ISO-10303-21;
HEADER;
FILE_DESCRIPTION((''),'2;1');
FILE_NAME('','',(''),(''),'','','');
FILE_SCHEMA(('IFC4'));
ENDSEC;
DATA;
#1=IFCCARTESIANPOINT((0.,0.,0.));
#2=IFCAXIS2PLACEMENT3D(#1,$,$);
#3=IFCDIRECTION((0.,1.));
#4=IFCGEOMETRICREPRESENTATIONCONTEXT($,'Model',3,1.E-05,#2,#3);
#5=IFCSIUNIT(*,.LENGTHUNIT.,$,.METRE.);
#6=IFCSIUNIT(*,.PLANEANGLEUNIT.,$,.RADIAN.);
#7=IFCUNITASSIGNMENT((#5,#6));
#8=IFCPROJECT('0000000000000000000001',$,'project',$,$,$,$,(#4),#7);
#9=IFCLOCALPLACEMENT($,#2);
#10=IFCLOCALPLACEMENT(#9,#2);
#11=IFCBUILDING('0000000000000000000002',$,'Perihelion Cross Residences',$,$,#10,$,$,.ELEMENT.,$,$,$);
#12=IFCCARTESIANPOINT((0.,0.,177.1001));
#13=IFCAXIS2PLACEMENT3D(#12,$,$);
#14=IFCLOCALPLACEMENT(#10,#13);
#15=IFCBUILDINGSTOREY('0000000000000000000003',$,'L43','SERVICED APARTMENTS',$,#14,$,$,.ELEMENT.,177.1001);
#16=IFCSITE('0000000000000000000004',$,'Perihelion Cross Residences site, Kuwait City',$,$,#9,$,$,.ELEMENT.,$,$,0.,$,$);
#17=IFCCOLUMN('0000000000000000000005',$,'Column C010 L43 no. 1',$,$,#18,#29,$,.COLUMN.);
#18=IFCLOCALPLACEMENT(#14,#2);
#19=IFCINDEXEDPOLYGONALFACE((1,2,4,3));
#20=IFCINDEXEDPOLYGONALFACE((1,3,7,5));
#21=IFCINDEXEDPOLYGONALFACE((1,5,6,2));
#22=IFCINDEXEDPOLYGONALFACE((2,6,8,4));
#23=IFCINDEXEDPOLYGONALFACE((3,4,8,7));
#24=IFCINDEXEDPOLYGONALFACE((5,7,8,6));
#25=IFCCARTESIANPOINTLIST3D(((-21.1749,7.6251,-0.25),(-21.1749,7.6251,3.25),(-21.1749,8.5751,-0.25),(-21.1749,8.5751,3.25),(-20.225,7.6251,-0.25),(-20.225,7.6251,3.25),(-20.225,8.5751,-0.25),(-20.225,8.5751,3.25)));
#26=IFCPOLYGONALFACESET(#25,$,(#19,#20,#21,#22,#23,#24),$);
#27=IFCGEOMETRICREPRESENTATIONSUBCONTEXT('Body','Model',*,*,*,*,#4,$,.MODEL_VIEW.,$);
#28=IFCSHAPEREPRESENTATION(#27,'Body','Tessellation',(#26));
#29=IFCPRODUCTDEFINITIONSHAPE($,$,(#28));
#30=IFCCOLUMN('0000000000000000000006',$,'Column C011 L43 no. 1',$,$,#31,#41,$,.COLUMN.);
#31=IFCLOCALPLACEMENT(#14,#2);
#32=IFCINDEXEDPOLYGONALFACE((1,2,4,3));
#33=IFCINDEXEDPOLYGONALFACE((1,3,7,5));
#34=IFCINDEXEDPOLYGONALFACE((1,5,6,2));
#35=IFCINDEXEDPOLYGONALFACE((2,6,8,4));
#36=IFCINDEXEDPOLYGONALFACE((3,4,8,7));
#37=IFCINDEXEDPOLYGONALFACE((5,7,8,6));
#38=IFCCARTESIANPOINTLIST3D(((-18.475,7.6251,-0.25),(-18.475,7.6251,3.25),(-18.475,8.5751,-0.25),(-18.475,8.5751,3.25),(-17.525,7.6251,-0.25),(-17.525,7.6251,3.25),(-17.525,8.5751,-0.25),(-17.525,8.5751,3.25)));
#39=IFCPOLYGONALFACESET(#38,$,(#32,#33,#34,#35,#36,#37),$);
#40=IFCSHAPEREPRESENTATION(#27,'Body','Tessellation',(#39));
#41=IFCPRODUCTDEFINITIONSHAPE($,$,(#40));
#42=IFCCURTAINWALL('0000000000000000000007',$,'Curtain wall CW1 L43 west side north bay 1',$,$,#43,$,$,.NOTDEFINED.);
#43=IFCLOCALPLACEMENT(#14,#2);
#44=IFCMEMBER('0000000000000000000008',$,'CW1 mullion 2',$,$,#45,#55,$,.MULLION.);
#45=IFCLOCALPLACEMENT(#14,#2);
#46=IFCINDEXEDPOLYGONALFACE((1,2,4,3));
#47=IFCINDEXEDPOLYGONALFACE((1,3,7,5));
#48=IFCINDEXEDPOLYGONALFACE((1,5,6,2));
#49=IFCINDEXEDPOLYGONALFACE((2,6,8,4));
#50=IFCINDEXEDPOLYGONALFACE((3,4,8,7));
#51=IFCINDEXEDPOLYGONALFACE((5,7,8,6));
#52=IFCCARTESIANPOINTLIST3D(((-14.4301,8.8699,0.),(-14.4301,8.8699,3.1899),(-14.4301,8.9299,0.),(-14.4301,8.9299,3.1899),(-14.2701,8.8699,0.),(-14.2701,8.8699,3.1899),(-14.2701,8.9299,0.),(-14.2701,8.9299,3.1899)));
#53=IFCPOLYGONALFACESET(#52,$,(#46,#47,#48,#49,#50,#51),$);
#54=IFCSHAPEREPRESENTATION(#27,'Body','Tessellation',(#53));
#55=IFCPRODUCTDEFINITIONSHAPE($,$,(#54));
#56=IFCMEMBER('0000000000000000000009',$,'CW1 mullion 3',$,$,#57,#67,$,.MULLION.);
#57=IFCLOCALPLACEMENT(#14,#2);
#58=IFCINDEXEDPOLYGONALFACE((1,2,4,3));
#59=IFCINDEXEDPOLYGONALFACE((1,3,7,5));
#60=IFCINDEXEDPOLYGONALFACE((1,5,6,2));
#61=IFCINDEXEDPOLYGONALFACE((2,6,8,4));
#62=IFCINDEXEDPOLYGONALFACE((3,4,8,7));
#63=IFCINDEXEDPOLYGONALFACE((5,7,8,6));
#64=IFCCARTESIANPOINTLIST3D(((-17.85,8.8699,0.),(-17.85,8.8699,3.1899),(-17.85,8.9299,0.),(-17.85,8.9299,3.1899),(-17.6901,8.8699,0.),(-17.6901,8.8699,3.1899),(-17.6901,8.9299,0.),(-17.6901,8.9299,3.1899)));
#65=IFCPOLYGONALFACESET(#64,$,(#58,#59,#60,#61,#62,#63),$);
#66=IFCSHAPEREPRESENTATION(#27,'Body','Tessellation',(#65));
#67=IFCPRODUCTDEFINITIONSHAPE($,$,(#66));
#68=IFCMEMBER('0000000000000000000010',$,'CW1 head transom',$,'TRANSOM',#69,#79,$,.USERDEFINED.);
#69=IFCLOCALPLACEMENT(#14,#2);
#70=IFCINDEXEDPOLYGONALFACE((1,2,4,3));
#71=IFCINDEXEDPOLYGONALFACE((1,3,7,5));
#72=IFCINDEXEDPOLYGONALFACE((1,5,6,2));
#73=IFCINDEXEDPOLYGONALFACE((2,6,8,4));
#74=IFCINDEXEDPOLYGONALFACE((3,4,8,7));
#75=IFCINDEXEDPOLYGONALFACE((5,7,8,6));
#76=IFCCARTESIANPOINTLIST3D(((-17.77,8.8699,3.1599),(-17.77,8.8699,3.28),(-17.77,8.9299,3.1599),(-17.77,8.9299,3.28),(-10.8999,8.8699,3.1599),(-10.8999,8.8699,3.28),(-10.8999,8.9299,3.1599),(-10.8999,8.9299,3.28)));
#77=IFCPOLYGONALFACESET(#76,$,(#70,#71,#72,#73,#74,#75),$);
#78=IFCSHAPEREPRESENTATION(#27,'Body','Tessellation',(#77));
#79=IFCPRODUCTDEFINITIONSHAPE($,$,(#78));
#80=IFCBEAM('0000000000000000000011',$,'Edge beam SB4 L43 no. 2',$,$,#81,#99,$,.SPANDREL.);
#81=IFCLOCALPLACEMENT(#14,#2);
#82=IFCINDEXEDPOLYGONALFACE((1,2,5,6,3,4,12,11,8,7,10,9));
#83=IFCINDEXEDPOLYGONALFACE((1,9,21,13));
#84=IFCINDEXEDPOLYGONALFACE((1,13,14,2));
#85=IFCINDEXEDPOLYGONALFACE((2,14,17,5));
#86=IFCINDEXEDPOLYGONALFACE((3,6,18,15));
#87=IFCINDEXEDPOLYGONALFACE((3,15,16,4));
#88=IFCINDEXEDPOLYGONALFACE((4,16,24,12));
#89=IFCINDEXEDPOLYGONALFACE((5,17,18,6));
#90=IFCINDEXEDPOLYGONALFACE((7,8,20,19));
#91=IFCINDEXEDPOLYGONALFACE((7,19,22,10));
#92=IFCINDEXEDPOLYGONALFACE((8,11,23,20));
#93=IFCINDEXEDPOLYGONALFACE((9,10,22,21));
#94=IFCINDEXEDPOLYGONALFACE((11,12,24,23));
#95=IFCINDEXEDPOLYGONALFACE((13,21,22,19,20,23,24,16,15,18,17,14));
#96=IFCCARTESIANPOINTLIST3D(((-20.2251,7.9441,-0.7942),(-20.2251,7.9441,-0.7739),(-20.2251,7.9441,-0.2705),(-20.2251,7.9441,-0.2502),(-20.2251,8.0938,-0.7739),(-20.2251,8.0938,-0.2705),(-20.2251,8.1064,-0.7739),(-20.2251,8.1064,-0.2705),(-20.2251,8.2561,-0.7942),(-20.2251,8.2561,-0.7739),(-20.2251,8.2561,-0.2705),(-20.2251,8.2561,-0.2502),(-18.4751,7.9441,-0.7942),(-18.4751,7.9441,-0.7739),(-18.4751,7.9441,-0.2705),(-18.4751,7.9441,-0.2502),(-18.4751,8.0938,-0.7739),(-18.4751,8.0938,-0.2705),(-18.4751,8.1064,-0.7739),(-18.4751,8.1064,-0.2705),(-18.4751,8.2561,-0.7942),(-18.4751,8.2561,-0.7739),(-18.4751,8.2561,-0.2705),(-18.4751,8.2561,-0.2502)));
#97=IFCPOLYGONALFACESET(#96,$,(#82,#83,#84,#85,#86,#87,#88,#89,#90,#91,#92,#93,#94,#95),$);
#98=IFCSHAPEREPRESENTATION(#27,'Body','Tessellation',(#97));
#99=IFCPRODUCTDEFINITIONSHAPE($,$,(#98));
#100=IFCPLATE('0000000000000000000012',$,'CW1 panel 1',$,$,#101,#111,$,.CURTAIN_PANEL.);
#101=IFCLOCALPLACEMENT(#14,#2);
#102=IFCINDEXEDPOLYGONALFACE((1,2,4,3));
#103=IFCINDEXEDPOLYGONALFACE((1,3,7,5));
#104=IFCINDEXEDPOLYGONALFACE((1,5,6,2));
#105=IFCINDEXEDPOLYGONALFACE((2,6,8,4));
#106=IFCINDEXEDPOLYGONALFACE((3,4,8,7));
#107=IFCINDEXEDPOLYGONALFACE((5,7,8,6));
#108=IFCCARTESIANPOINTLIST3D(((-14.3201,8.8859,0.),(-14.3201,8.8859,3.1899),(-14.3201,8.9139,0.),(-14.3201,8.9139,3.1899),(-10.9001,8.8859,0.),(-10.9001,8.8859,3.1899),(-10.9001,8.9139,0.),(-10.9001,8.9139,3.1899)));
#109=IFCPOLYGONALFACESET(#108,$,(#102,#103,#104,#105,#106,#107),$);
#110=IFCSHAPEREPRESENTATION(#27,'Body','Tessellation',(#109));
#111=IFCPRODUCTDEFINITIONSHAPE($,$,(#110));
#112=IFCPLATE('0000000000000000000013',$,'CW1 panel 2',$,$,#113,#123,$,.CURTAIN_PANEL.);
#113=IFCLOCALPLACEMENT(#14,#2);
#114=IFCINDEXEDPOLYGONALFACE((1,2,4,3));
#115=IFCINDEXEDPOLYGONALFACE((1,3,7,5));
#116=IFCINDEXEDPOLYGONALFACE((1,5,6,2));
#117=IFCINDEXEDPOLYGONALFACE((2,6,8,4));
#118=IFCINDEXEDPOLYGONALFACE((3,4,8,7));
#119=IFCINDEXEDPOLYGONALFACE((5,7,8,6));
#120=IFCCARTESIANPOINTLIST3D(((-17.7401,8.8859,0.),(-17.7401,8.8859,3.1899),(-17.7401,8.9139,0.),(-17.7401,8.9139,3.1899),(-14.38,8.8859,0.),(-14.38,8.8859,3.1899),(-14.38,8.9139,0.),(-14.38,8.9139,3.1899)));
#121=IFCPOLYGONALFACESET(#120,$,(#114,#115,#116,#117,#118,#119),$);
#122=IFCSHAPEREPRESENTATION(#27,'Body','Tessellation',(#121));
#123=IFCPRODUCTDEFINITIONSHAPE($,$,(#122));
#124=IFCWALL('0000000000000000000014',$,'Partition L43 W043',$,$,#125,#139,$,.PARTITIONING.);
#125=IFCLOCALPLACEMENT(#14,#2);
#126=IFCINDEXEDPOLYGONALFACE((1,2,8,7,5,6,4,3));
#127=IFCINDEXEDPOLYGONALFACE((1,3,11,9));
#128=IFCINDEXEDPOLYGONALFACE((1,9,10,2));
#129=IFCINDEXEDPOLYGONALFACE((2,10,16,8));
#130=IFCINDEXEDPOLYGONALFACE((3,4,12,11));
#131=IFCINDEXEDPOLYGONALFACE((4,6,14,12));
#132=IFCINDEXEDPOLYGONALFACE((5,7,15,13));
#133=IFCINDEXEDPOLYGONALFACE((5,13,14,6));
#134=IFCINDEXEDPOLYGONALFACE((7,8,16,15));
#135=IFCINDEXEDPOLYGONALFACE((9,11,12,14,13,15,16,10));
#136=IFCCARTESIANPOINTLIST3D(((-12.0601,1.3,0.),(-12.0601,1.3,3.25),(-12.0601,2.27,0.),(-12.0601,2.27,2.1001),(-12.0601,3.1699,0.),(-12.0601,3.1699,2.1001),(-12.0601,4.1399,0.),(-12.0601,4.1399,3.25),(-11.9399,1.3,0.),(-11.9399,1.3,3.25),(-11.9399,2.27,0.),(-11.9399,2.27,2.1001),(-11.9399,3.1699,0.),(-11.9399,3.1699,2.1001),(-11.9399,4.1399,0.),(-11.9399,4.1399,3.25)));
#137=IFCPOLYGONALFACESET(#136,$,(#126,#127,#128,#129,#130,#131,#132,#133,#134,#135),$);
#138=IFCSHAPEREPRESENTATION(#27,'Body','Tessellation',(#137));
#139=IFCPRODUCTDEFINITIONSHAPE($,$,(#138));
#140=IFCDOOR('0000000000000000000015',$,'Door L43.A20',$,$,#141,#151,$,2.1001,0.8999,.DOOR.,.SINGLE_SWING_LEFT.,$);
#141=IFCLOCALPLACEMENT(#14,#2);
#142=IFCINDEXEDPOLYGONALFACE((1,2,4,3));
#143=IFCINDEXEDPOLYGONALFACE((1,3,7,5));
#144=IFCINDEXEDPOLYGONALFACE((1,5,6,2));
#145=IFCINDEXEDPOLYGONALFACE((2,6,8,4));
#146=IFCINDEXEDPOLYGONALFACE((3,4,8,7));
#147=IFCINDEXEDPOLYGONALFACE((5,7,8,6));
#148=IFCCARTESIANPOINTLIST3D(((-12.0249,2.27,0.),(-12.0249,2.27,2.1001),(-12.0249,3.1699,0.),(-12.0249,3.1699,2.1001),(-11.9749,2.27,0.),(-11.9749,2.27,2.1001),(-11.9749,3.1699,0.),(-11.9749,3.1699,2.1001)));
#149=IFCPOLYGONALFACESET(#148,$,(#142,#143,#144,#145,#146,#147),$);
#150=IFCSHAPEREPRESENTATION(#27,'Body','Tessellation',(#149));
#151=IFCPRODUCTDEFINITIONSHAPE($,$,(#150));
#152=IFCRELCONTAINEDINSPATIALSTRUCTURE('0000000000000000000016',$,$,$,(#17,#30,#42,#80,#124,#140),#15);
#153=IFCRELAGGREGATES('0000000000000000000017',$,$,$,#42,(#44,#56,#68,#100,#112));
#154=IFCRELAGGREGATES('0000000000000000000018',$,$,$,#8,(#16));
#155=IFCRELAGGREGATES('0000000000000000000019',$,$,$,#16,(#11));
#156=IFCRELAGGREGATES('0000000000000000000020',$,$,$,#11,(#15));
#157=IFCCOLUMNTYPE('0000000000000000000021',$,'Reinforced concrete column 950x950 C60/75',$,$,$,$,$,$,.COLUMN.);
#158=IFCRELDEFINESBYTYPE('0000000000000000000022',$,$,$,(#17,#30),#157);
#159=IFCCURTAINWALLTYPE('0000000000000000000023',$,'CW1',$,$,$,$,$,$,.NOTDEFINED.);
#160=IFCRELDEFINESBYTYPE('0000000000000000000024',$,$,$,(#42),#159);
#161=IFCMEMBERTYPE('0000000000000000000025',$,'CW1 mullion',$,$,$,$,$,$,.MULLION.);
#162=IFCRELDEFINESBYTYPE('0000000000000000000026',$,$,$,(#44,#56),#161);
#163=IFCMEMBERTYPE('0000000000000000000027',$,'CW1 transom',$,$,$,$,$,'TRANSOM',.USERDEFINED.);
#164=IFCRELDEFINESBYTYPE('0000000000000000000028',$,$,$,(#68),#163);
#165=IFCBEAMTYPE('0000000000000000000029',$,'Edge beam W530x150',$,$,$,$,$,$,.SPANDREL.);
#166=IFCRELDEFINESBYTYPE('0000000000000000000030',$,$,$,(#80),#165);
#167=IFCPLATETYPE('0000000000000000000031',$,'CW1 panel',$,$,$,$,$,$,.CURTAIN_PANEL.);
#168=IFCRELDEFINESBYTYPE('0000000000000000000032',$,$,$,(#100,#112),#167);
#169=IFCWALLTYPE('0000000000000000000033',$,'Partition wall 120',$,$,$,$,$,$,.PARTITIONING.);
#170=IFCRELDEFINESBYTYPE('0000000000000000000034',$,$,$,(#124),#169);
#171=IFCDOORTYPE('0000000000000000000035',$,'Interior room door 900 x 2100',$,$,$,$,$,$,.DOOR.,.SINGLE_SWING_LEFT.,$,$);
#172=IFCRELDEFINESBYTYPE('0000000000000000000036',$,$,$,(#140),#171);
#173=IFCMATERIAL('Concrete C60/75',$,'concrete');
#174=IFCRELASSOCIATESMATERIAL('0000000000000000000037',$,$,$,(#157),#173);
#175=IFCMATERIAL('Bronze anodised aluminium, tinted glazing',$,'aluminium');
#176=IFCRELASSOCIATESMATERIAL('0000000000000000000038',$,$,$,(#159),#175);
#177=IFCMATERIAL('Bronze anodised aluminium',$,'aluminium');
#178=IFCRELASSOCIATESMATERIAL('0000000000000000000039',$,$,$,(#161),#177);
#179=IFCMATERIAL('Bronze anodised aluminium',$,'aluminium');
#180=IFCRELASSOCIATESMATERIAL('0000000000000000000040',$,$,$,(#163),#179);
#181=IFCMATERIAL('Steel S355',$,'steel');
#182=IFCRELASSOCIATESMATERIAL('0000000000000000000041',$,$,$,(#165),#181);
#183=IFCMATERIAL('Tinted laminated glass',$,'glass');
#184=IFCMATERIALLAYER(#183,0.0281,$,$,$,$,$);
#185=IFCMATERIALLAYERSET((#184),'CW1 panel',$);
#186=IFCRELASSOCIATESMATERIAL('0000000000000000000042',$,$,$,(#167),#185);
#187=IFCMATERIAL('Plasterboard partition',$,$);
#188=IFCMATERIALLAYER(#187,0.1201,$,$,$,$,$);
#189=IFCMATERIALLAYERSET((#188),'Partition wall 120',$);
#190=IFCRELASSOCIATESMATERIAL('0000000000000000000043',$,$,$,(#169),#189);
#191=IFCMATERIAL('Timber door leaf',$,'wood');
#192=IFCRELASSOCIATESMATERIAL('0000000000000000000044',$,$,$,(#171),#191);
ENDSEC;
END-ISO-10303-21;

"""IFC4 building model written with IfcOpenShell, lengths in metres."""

from ifc_helpers import new_model, si_unit, direction, frame, frame_2d, origin, origin_2d, place, context, subcontext, project, spatial, rectangle, i_section, extrude, material, layer, layer_set, material_profile, profile_set, type_object, element, fill, aggregate, save


model = new_model("IFC4")

# Units and contexts
model_context = context("Model", 3, precision=1e-05, world=origin(), true_north=direction((0.0, 1.0)))
body_context = subcontext(model_context, "Body", "Model", "MODEL_VIEW")
ifc_project = project(units=[si_unit("LENGTHUNIT", "METRE"), si_unit("PLANEANGLEUNIT", "RADIAN")], contexts=[model_context])

# Site, building, storey
site_placement = place(None, origin())
site = spatial("IfcSite", under=ifc_project, at=site_placement, Name="Perihelion Cross Residences site, Kuwait City", CompositionType="ELEMENT", RefElevation=0.0)
building_placement = place(site_placement, origin())
building = spatial("IfcBuilding", under=site, at=building_placement, Name="Perihelion Cross Residences", CompositionType="ELEMENT")
storey_placement = place(building_placement, frame((0.0, 0.0, 177.1001)))
storey = spatial("IfcBuildingStorey", under=building, at=storey_placement, Name="L43", Description="SERVICED APARTMENTS", CompositionType="ELEMENT", Elevation=177.1001)

# Columns
ifc_material_1 = material(Name="Concrete C60/75", Category="concrete")
ifc_material_profile_1 = material_profile(ifc_material_1, rectangle(XDim=0.95, YDim=0.95, at=origin_2d()), Name="RC 950x950")
ifc_profile_set_1 = profile_set([ifc_material_profile_1], Name="Concrete C60/75")
column_type = type_object("IfcColumnType", Name="Reinforced concrete column 950x950 C60/75", PredefinedType="COLUMN", material=ifc_profile_set_1)
for number, where, z_axis, x_axis, name in (
    (1, (-20.7, 8.1001, -0.25), (0.0, 0.0, 1.0), (1.0, 0.0, 0.0), "Column C010 L43 no. 1"),
    (2, (-18.0, 8.1001, -0.25), (0.0, 0.0, 1.0), (1.0, 0.0, 0.0), "Column C011 L43 no. 1"),
):
    element("IfcColumn", number, at=place(storey_placement, frame(where, z_axis=z_axis, x_axis=x_axis)), inside=storey, type_object=column_type, Name=name, PredefinedType="COLUMN", context=body_context, shape_type="SweptSolid", body=[
        extrude(rectangle(XDim=0.95, YDim=0.95, at=origin_2d()), origin(), (0.0, 0.0, 1.0), 3.5),
    ])

# Curtain wall, members
ifc_material_2 = material(Name="Bronze anodised aluminium, tinted glazing", Category="aluminium")
curtain_wall_type = type_object("IfcCurtainWallType", Name="CW1", PredefinedType="NOTDEFINED", material=ifc_material_2)
curtain_wall_placement = place(storey_placement, origin())
curtain_wall = element("IfcCurtainWall", 3, at=curtain_wall_placement, inside=storey, type_object=curtain_wall_type, Name="Curtain wall CW1 L43 west side north bay 1", PredefinedType="NOTDEFINED")
ifc_material_3 = material(Name="Bronze anodised aluminium", Category="aluminium")
ifc_material_profile_2 = material_profile(ifc_material_3, rectangle(XDim=0.0601, YDim=0.1599, at=origin_2d()), Name="CW1 mullion")
ifc_profile_set_2 = profile_set([ifc_material_profile_2], Name="Bronze anodised aluminium")
member_type_1 = type_object("IfcMemberType", Name="CW1 mullion", PredefinedType="MULLION", material=ifc_profile_set_2)
member_1_placement = place(storey_placement, frame((-14.3501, 8.8999, 0.0), z_axis=(0.0, 0.0, 1.0), x_axis=(0.0, -1.0, 0.0)))
member_1 = element("IfcMember", 4, at=member_1_placement, type_object=member_type_1, Name="CW1 mullion 2", PredefinedType="MULLION", context=body_context, shape_type="SweptSolid", body=[
    extrude(rectangle(XDim=0.0601, YDim=0.1599, at=origin_2d()), origin(), (0.0, 0.0, 1.0), 3.1899),
])
member_2_placement = place(storey_placement, frame((-17.77, 8.8999, 0.0), z_axis=(0.0, 0.0, 1.0), x_axis=(0.0, -1.0, 0.0)))
member_2 = element("IfcMember", 5, at=member_2_placement, type_object=member_type_1, Name="CW1 mullion 3", PredefinedType="MULLION", context=body_context, shape_type="SweptSolid", body=[
    extrude(rectangle(XDim=0.0601, YDim=0.1599, at=origin_2d()), origin(), (0.0, 0.0, 1.0), 3.1899),
])
ifc_material_4 = material(Name="Bronze anodised aluminium", Category="aluminium")
ifc_material_profile_3 = material_profile(ifc_material_4, rectangle(XDim=0.0601, YDim=0.1201, at=origin_2d()), Name="CW1 transom")
ifc_profile_set_3 = profile_set([ifc_material_profile_3], Name="Bronze anodised aluminium")
member_type_2 = type_object("IfcMemberType", Name="CW1 transom", ElementType="TRANSOM", PredefinedType="USERDEFINED", material=ifc_profile_set_3)
member_3_placement = place(storey_placement, frame((-10.8999, 8.8999, 3.22), z_axis=(-1.0, 0.0, 0.0), x_axis=(0.0, -1.0, 0.0)))
member_3 = element("IfcMember", 6, at=member_3_placement, type_object=member_type_2, Name="CW1 head transom", ObjectType="TRANSOM", PredefinedType="USERDEFINED", context=body_context, shape_type="SweptSolid", body=[
    extrude(rectangle(XDim=0.0601, YDim=0.1201, at=origin_2d()), origin(), (0.0, 0.0, 1.0), 6.8701),
])

# Beam
ifc_material_5 = material(Name="Steel S355", Category="steel")
ifc_material_profile_4 = material_profile(ifc_material_5, i_section(OverallWidth=0.312, OverallDepth=0.5439, WebThickness=0.0127, FlangeThickness=0.0203, at=origin_2d()), Name="W530x150")
ifc_profile_set_4 = profile_set([ifc_material_profile_4], Name="Steel S355")
beam_type = type_object("IfcBeamType", Name="Edge beam W530x150", PredefinedType="SPANDREL", material=ifc_profile_set_4)
beam_placement = place(storey_placement, frame((-18.4751, 8.1001, -0.5222), z_axis=(-1.0, 0.0, 0.0), x_axis=(0.0, -1.0, 0.0)))
element("IfcBeam", 7, at=beam_placement, inside=storey, type_object=beam_type, Name="Edge beam SB4 L43 no. 2", PredefinedType="SPANDREL", context=body_context, shape_type="SweptSolid", body=[
    extrude(i_section(OverallWidth=0.312, OverallDepth=0.5439, WebThickness=0.0127, FlangeThickness=0.0203, at=origin_2d()), origin(), (0.0, 0.0, 1.0), 1.75),
])

# Plates
ifc_material_6 = material(Name="Tinted laminated glass", Category="glass")
ifc_layer_1 = layer(ifc_material_6, 0.0281)
ifc_layer_set_1 = layer_set([ifc_layer_1], Name="CW1 panel")
plate_type = type_object("IfcPlateType", Name="CW1 panel", PredefinedType="CURTAIN_PANEL", material=ifc_layer_set_1)
plate_1_placement = place(storey_placement, frame((-12.6101, 8.8999, 0.0), z_axis=(0.0, 0.0, 1.0), x_axis=(-1.0, 0.0, 0.0)))
plate_1 = element("IfcPlate", 8, at=plate_1_placement, type_object=plate_type, Name="CW1 panel 1", PredefinedType="CURTAIN_PANEL", context=body_context, shape_type="SweptSolid", body=[
    extrude(rectangle(XDim=3.4199, YDim=0.0281, at=origin_2d()), origin(), (0.0, 0.0, 1.0), 3.1899),
])
plate_2_placement = place(storey_placement, frame((-16.0601, 8.8999, 0.0), z_axis=(0.0, 0.0, 1.0), x_axis=(-1.0, 0.0, 0.0)))
plate_2 = element("IfcPlate", 9, at=plate_2_placement, type_object=plate_type, Name="CW1 panel 2", PredefinedType="CURTAIN_PANEL", context=body_context, shape_type="SweptSolid", body=[
    extrude(rectangle(XDim=3.3601, YDim=0.0281, at=origin_2d()), origin(), (0.0, 0.0, 1.0), 3.1899),
])
aggregate(curtain_wall, [member_1, member_2, member_3, plate_1, plate_2])

# Wall, opening, door
ifc_material_7 = material(Name="Plasterboard partition")
ifc_layer_2 = layer(ifc_material_7, 0.1201)
ifc_layer_set_2 = layer_set([ifc_layer_2], Name="Partition wall 120")
wall_type_1 = type_object("IfcWallType", Name="Partition wall 120", PredefinedType="PARTITIONING", material=ifc_layer_set_2)
wall_1_placement = place(storey_placement, frame((-12.0, 1.3, 0.0), z_axis=(0.0, 0.0, 1.0), x_axis=(0.0, 1.0, 0.0)))
wall_1 = element("IfcWall", 10, at=wall_1_placement, inside=storey, type_object=wall_type_1, Name="Partition L43 W043", PredefinedType="PARTITIONING", context=body_context, shape_type="SweptSolid", body=[
    extrude(rectangle(XDim=2.8398, YDim=0.1201, at=frame_2d((1.4199, 0.0))), origin(), (0.0, 0.0, 1.0), 3.25),
])
opening_1_placement = place(wall_1_placement, frame((0.97, 0.0, 0.0)))
opening_1 = element("IfcOpeningElement", 11, at=opening_1_placement, cuts=wall_1, PredefinedType="OPENING", context=body_context, shape_type="SweptSolid", body=[
    extrude(rectangle(XDim=0.8999, YDim=2.1001, at=frame_2d((0.45, 1.05))), frame((0.0, 0.0701, 0.0), z_axis=(0.0, -1.0, 0.0), x_axis=(1.0, 0.0, 0.0)), (0.0, 0.0, 1.0), 0.1401),
])
ifc_material_8 = material(Name="Timber door leaf", Category="wood")
door_type_1 = type_object("IfcDoorType", Name="Interior room door 900 x 2100", OperationType="SINGLE_SWING_LEFT", PredefinedType="DOOR", material=ifc_material_8)
door_1_placement = place(opening_1_placement, origin())
door_1 = element("IfcDoor", 12, at=door_1_placement, inside=storey, type_object=door_type_1, Name="Door L43.A20", OperationType="SINGLE_SWING_LEFT", OverallHeight=2.1001, OverallWidth=0.8999, PredefinedType="DOOR", context=body_context, shape_type="SweptSolid", body=[
    extrude(rectangle(XDim=0.8999, YDim=2.1001, at=frame_2d((0.45, 1.05))), frame((0.0, 0.0249, 0.0), z_axis=(0.0, -1.0, 0.0), x_axis=(1.0, 0.0, 0.0)), (0.0, 0.0, 1.0), 0.05),
])
fill(opening_1, door_1)

save(model, "model.ifc")
